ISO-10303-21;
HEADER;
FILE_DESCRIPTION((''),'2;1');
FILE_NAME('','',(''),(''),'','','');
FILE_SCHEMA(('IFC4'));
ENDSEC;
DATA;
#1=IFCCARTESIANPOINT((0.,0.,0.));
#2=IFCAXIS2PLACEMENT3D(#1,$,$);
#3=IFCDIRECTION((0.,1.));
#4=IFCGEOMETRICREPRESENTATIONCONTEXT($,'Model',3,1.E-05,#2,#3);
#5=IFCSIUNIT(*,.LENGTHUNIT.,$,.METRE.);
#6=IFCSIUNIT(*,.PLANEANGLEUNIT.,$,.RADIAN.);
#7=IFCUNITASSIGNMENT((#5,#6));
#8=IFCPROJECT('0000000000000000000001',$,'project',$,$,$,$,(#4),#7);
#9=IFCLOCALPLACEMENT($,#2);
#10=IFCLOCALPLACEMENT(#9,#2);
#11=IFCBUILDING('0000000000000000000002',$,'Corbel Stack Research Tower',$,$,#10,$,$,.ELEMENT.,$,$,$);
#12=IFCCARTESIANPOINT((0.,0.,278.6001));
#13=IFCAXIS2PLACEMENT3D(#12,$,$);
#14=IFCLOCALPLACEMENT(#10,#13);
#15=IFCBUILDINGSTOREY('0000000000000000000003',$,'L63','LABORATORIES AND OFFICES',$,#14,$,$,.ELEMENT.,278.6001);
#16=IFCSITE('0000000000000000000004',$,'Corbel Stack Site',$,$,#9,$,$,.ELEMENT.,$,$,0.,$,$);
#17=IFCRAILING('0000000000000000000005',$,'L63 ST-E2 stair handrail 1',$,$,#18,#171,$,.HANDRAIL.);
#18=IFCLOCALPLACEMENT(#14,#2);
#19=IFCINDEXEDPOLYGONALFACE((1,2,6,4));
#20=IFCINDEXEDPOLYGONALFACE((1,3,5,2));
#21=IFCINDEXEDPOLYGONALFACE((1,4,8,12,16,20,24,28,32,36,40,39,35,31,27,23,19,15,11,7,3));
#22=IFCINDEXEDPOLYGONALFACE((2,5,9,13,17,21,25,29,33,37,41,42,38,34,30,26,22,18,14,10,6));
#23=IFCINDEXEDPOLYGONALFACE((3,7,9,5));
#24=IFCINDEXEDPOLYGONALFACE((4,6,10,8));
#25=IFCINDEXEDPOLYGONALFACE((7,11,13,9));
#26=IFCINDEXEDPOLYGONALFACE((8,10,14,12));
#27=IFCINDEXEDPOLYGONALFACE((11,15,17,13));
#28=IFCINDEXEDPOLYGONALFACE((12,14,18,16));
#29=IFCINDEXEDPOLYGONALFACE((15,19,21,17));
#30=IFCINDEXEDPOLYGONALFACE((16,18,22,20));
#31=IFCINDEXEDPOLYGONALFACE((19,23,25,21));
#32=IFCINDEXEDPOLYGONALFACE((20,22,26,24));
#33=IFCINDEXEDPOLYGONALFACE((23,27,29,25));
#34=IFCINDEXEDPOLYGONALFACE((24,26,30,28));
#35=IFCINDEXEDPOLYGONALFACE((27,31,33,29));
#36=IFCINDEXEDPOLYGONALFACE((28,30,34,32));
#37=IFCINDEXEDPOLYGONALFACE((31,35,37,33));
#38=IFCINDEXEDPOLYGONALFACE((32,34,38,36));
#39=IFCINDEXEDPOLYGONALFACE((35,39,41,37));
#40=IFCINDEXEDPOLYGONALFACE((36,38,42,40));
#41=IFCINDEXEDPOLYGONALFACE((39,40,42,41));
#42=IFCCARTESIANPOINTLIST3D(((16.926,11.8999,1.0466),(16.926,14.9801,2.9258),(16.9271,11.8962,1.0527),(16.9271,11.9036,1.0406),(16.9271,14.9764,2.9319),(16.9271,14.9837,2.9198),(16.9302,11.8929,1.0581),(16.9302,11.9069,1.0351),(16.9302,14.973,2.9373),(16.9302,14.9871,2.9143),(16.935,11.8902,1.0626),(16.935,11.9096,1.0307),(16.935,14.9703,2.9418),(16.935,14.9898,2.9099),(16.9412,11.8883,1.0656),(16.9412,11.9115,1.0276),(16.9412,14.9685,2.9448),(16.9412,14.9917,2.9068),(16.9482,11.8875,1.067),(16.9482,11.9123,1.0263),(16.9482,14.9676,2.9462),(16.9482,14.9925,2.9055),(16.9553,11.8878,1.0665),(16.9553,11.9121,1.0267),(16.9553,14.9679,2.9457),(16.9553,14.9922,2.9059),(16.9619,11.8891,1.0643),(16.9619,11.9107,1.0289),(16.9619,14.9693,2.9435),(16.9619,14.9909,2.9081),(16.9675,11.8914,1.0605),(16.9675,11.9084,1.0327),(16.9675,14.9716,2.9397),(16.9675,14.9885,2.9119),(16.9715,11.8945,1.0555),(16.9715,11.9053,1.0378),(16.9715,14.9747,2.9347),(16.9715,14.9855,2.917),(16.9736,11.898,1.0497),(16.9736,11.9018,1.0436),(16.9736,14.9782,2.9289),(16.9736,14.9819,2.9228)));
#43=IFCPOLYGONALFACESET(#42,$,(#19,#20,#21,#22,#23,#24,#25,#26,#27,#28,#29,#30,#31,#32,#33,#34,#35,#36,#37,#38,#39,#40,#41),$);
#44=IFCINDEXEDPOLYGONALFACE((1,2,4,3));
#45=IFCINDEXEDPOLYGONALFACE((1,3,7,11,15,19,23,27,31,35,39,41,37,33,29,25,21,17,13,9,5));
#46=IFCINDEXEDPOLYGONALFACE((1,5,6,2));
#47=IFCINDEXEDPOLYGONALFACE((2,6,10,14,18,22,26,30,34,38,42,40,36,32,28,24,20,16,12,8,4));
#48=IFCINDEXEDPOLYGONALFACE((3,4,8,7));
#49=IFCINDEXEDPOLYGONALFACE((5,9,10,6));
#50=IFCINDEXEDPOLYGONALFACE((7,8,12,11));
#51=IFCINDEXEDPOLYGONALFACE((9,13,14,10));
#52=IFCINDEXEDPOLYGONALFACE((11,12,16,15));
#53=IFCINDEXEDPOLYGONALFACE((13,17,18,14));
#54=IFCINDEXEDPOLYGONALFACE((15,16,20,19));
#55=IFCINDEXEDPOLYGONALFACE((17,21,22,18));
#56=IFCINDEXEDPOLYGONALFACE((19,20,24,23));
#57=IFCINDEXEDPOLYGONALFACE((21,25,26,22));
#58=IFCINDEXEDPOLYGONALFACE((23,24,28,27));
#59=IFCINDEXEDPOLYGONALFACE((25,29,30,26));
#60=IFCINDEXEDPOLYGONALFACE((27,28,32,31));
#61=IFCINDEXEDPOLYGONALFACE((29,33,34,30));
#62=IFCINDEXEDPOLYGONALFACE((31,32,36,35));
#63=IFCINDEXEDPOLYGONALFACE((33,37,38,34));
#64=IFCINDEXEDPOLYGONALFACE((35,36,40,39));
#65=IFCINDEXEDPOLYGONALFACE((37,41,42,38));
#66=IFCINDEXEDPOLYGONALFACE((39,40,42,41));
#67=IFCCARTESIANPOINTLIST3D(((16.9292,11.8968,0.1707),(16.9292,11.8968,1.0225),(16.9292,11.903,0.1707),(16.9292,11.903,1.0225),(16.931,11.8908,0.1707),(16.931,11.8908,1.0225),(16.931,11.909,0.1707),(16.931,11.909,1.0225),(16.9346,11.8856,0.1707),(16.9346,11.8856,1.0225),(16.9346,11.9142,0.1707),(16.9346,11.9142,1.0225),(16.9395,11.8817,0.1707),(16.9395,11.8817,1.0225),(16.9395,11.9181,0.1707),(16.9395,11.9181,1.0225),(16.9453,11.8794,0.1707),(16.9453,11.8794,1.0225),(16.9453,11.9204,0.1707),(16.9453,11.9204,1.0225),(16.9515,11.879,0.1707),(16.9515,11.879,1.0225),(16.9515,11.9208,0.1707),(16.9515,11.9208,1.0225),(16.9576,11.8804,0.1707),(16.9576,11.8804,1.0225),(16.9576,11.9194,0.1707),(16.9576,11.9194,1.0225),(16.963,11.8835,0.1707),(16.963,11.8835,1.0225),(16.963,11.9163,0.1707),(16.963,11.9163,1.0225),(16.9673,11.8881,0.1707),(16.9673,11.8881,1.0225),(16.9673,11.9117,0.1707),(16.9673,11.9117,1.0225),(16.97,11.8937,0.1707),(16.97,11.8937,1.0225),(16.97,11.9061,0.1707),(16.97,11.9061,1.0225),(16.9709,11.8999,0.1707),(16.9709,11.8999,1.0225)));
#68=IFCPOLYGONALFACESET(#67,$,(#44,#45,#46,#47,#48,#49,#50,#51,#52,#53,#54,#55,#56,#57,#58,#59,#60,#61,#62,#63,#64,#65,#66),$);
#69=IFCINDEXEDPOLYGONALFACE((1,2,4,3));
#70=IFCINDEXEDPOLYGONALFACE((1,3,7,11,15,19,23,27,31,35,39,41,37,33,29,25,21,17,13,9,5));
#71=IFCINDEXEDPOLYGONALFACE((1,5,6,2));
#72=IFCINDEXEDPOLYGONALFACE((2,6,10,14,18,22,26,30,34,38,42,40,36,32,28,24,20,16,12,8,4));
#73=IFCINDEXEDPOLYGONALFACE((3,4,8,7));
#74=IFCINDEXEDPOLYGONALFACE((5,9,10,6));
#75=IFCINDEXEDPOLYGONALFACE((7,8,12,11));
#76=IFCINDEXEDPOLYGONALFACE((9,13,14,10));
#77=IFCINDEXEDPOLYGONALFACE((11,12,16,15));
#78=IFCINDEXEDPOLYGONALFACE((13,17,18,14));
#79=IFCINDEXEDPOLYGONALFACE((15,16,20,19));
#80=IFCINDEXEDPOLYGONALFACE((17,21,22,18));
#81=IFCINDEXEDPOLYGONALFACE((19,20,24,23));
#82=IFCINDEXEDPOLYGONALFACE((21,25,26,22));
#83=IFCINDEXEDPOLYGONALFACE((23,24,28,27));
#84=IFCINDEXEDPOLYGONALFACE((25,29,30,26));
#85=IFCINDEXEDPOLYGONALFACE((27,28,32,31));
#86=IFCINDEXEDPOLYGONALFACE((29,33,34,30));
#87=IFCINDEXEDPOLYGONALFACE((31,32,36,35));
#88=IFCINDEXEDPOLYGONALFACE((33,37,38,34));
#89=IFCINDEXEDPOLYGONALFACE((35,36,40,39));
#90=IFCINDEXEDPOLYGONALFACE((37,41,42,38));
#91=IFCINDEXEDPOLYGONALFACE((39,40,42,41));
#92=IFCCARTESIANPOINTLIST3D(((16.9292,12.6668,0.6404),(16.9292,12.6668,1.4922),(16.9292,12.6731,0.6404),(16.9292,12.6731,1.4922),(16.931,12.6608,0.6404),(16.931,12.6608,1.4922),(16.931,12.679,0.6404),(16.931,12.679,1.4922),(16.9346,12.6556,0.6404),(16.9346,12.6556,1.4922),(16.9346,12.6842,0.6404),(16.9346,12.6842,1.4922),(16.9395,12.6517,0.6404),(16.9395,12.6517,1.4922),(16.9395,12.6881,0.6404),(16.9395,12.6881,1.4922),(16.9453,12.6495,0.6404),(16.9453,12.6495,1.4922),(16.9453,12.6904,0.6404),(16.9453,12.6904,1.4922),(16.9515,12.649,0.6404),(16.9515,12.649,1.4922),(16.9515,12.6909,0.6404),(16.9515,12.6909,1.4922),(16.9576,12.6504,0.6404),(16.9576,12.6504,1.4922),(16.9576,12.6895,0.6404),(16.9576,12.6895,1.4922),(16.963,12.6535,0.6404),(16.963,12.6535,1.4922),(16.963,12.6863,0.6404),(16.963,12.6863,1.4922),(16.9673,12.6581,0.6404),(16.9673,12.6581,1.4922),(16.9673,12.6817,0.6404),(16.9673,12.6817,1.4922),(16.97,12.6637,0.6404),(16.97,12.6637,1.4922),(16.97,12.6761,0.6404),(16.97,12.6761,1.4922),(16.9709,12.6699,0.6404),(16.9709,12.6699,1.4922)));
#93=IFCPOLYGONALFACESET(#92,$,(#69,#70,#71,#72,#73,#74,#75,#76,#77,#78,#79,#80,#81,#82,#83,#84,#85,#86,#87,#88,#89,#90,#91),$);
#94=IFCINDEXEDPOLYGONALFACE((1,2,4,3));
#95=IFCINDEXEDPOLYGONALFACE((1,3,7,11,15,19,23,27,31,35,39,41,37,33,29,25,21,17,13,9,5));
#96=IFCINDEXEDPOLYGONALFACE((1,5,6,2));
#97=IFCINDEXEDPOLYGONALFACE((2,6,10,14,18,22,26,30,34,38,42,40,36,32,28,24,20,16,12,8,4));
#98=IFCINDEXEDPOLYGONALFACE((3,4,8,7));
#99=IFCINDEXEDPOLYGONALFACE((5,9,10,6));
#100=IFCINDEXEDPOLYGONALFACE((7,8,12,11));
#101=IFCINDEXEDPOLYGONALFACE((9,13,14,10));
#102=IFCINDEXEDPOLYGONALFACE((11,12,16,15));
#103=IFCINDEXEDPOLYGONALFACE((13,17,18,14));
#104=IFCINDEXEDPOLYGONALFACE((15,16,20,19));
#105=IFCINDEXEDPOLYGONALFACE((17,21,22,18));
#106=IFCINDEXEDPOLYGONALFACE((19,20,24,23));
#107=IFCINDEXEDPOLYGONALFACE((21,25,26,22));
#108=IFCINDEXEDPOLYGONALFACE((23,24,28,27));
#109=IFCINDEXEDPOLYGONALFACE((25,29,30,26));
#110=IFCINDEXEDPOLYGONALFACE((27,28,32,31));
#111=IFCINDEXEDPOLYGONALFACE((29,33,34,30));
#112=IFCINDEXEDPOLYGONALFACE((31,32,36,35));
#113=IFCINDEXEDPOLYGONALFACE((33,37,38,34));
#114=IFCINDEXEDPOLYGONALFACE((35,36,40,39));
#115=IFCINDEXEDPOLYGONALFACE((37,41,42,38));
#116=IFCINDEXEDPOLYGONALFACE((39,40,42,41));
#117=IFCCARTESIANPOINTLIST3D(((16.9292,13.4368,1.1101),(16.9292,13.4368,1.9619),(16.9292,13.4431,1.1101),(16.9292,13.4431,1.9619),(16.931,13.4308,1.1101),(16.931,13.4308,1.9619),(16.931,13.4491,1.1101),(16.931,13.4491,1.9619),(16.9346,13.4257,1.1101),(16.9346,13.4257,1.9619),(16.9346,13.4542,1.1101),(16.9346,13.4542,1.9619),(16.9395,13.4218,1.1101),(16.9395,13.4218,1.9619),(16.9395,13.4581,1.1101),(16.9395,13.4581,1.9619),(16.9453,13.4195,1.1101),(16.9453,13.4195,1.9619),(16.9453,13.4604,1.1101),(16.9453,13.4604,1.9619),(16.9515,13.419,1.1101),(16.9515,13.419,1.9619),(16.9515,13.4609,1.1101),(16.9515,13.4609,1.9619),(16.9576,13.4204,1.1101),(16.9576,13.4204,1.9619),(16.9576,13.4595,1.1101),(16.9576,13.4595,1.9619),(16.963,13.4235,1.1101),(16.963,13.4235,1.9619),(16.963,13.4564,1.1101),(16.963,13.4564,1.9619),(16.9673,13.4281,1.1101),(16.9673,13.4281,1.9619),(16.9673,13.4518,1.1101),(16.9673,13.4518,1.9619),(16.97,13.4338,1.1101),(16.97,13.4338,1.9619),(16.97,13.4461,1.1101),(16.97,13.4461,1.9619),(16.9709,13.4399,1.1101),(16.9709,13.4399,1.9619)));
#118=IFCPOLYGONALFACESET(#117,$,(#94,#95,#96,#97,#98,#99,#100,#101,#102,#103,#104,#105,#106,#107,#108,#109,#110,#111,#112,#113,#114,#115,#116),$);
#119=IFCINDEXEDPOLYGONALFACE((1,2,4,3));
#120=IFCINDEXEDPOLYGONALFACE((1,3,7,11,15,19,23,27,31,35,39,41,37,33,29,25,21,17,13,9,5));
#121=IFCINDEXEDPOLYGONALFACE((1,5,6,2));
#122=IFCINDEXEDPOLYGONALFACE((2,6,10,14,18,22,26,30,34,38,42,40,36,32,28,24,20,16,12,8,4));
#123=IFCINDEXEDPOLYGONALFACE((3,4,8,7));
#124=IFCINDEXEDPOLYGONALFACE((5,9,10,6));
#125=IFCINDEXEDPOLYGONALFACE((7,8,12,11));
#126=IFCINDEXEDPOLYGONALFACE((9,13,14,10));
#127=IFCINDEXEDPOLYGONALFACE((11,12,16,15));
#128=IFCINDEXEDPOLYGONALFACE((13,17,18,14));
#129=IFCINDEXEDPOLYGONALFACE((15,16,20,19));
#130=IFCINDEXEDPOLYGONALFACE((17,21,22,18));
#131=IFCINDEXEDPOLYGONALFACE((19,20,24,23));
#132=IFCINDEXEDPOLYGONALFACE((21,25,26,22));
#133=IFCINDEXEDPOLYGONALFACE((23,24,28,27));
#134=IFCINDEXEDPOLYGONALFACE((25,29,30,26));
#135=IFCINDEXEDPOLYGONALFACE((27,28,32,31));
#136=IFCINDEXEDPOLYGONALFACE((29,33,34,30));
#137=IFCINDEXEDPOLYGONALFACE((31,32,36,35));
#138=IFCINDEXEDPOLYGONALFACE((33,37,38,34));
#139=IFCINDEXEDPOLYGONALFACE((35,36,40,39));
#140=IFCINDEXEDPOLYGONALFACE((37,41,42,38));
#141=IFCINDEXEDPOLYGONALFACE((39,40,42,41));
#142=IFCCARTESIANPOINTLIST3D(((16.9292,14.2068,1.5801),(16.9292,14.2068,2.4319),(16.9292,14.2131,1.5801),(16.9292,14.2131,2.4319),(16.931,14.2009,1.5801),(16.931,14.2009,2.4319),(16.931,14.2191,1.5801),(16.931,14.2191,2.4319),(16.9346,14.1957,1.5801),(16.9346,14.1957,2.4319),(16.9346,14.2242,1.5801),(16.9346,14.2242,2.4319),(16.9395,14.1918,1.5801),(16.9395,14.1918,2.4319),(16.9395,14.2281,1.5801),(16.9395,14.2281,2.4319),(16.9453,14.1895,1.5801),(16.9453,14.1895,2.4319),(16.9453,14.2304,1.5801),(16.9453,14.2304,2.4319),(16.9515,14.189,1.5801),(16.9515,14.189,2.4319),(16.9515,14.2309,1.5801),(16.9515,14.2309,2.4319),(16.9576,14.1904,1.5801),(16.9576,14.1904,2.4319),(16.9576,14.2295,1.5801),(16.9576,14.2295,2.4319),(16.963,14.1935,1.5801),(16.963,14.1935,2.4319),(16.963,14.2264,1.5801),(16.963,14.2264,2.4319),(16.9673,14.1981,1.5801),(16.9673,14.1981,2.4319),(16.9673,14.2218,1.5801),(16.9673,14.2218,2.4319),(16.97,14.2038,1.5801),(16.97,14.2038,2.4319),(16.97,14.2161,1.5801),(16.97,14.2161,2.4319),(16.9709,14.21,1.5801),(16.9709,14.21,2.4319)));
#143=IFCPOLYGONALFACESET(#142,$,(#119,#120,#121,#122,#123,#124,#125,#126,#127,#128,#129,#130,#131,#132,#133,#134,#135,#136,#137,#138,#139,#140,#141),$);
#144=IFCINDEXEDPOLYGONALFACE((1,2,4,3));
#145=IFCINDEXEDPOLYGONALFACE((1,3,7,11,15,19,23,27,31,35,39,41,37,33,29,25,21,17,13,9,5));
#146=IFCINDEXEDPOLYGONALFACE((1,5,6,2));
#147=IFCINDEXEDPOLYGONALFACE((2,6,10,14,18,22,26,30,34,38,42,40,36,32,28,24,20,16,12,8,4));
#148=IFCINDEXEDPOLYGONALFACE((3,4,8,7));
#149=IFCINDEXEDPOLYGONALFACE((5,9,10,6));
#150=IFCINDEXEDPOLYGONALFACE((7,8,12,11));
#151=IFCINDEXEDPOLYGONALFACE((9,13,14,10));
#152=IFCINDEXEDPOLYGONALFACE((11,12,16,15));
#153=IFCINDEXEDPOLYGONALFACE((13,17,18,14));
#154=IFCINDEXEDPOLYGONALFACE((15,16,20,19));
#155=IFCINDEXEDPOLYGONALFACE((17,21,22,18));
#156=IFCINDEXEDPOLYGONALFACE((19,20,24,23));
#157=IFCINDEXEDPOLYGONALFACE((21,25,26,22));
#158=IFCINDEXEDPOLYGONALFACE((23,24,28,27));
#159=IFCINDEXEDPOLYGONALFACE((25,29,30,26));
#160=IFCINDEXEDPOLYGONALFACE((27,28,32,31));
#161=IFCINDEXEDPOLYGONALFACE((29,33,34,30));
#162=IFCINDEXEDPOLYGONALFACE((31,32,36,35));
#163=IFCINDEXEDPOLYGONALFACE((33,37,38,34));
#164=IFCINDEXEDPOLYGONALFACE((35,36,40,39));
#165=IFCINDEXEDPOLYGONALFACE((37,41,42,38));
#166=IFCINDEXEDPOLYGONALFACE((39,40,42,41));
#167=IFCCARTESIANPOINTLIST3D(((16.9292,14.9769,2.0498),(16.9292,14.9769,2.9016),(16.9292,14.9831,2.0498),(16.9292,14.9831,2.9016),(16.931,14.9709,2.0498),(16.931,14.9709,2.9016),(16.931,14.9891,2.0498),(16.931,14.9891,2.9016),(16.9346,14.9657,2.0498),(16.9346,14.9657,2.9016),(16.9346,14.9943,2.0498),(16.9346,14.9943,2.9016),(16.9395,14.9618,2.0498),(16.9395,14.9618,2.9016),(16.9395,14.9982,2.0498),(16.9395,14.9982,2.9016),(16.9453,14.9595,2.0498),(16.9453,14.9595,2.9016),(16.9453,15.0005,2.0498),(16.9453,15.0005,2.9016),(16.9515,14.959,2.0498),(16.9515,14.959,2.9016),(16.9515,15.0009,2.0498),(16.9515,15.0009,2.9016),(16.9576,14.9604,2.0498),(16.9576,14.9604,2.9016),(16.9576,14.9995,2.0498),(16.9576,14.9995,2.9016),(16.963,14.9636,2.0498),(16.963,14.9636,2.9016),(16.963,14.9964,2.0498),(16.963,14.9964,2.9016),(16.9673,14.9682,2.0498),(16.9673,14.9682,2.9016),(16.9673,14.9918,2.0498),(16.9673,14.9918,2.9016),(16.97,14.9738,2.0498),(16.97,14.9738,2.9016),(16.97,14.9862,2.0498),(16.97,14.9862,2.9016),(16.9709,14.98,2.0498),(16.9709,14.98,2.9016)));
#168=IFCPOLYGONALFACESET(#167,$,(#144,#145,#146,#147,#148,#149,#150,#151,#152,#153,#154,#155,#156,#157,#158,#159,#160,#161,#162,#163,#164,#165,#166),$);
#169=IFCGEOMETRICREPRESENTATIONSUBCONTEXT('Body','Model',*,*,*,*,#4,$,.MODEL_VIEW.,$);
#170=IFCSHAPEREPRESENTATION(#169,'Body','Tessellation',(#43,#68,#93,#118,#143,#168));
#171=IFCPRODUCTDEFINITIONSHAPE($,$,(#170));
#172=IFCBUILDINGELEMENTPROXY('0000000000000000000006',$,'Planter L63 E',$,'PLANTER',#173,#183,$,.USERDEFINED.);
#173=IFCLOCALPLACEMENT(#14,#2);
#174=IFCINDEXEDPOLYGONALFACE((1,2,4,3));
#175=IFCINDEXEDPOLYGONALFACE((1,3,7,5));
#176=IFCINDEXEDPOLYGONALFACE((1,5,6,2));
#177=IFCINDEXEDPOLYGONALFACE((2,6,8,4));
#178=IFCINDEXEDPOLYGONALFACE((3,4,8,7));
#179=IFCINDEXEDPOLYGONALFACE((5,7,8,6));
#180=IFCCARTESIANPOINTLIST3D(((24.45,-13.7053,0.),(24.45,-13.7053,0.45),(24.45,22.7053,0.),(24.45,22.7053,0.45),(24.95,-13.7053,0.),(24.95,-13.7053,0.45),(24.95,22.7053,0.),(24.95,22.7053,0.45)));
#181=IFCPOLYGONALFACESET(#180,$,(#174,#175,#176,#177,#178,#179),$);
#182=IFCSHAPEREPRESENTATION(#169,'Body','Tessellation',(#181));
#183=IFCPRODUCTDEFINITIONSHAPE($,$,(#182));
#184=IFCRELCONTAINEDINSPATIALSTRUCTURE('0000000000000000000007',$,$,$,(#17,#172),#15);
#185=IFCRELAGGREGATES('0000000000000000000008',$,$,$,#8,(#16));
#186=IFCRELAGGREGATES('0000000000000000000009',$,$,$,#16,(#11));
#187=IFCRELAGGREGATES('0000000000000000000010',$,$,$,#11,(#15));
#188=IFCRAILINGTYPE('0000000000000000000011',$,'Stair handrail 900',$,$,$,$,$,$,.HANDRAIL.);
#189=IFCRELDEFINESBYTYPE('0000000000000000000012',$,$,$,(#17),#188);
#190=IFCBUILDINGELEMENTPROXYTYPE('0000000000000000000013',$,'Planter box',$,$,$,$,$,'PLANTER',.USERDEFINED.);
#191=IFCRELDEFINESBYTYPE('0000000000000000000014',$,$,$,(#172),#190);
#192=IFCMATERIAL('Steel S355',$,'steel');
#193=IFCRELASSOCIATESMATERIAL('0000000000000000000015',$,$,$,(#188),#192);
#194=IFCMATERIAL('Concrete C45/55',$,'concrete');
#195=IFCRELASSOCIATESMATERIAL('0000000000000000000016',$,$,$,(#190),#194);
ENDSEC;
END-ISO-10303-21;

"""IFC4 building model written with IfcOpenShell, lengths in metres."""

from ifc_helpers import new_model, si_unit, direction, frame, origin, origin_2d, place, context, subcontext, project, spatial, rectangle, circle, extrude, material, type_object, element, save


model = new_model("IFC4")

# Units and contexts
model_context = context("Model", 3, precision=1e-05, world=origin(), true_north=direction((0.0, 1.0)))
body_context = subcontext(model_context, "Body", "Model", "MODEL_VIEW")
ifc_project = project(units=[si_unit("LENGTHUNIT", "METRE"), si_unit("PLANEANGLEUNIT", "RADIAN")], contexts=[model_context])

# Site, building, storey
site_placement = place(None, origin())
site = spatial("IfcSite", under=ifc_project, at=site_placement, Name="Corbel Stack Site", CompositionType="ELEMENT", RefElevation=0.0)
building_placement = place(site_placement, origin())
building = spatial("IfcBuilding", under=site, at=building_placement, Name="Corbel Stack Research Tower", CompositionType="ELEMENT")
storey_placement = place(building_placement, frame((0.0, 0.0, 278.6001)))
storey = spatial("IfcBuildingStorey", under=building, at=storey_placement, Name="L63", Description="LABORATORIES AND OFFICES", CompositionType="ELEMENT", Elevation=278.6001)

# Railing
ifc_material_1 = material(Name="Steel S355", Category="steel")
railing_type_1 = type_object("IfcRailingType", Name="Stair handrail 900", PredefinedType="HANDRAIL", material=ifc_material_1)
railing_1_placement = place(storey_placement, frame((16.95, 11.8999, 0.1707)))
element("IfcRailing", 1, at=railing_1_placement, inside=storey, type_object=railing_type_1, Name="L63 ST-E2 stair handrail 1", PredefinedType="HANDRAIL", context=body_context, shape_type="SweptSolid", body=[
    extrude(circle(Radius=0.0239, at=origin_2d()), frame((0.0, 0.0, 0.876), z_axis=(0.0, 0.853666, 0.52082), x_axis=(-1.0, 0.0, 0.0)), (0.0, 0.0, 1.0), 3.6082),
    extrude(circle(Radius=0.021, at=origin_2d()), origin(), (0.0, 0.0, 1.0), 0.8518),
    extrude(circle(Radius=0.021, at=origin_2d()), frame((0.0, 0.77, 0.4697)), (0.0, 0.0, 1.0), 0.8518),
    extrude(circle(Radius=0.021, at=origin_2d()), frame((0.0, 1.54, 0.9395)), (0.0, 0.0, 1.0), 0.8518),
    extrude(circle(Radius=0.021, at=origin_2d()), frame((0.0, 2.3101, 1.4094)), (0.0, 0.0, 1.0), 0.8518),
    extrude(circle(Radius=0.021, at=origin_2d()), frame((0.0, 3.0801, 1.8792)), (0.0, 0.0, 1.0), 0.8518),
])

# Building element proxy
ifc_material_2 = material(Name="Concrete C45/55", Category="concrete")
building_element_proxy_type = type_object("IfcBuildingElementProxyType", Name="Planter box", ElementType="PLANTER", PredefinedType="USERDEFINED", material=ifc_material_2)
proxy_placement = place(storey_placement, frame((24.7, 4.5, 0.0), z_axis=(0.0, 0.0, 1.0), x_axis=(0.0, 1.0, 0.0)))
element("IfcBuildingElementProxy", 2, at=proxy_placement, inside=storey, type_object=building_element_proxy_type, Name="Planter L63 E", ObjectType="PLANTER", PredefinedType="USERDEFINED", context=body_context, shape_type="SweptSolid", body=[
    extrude(rectangle(XDim=36.4106, YDim=0.5, at=origin_2d()), origin(), (0.0, 0.0, 1.0), 0.45),
])

save(model, "model.ifc")
